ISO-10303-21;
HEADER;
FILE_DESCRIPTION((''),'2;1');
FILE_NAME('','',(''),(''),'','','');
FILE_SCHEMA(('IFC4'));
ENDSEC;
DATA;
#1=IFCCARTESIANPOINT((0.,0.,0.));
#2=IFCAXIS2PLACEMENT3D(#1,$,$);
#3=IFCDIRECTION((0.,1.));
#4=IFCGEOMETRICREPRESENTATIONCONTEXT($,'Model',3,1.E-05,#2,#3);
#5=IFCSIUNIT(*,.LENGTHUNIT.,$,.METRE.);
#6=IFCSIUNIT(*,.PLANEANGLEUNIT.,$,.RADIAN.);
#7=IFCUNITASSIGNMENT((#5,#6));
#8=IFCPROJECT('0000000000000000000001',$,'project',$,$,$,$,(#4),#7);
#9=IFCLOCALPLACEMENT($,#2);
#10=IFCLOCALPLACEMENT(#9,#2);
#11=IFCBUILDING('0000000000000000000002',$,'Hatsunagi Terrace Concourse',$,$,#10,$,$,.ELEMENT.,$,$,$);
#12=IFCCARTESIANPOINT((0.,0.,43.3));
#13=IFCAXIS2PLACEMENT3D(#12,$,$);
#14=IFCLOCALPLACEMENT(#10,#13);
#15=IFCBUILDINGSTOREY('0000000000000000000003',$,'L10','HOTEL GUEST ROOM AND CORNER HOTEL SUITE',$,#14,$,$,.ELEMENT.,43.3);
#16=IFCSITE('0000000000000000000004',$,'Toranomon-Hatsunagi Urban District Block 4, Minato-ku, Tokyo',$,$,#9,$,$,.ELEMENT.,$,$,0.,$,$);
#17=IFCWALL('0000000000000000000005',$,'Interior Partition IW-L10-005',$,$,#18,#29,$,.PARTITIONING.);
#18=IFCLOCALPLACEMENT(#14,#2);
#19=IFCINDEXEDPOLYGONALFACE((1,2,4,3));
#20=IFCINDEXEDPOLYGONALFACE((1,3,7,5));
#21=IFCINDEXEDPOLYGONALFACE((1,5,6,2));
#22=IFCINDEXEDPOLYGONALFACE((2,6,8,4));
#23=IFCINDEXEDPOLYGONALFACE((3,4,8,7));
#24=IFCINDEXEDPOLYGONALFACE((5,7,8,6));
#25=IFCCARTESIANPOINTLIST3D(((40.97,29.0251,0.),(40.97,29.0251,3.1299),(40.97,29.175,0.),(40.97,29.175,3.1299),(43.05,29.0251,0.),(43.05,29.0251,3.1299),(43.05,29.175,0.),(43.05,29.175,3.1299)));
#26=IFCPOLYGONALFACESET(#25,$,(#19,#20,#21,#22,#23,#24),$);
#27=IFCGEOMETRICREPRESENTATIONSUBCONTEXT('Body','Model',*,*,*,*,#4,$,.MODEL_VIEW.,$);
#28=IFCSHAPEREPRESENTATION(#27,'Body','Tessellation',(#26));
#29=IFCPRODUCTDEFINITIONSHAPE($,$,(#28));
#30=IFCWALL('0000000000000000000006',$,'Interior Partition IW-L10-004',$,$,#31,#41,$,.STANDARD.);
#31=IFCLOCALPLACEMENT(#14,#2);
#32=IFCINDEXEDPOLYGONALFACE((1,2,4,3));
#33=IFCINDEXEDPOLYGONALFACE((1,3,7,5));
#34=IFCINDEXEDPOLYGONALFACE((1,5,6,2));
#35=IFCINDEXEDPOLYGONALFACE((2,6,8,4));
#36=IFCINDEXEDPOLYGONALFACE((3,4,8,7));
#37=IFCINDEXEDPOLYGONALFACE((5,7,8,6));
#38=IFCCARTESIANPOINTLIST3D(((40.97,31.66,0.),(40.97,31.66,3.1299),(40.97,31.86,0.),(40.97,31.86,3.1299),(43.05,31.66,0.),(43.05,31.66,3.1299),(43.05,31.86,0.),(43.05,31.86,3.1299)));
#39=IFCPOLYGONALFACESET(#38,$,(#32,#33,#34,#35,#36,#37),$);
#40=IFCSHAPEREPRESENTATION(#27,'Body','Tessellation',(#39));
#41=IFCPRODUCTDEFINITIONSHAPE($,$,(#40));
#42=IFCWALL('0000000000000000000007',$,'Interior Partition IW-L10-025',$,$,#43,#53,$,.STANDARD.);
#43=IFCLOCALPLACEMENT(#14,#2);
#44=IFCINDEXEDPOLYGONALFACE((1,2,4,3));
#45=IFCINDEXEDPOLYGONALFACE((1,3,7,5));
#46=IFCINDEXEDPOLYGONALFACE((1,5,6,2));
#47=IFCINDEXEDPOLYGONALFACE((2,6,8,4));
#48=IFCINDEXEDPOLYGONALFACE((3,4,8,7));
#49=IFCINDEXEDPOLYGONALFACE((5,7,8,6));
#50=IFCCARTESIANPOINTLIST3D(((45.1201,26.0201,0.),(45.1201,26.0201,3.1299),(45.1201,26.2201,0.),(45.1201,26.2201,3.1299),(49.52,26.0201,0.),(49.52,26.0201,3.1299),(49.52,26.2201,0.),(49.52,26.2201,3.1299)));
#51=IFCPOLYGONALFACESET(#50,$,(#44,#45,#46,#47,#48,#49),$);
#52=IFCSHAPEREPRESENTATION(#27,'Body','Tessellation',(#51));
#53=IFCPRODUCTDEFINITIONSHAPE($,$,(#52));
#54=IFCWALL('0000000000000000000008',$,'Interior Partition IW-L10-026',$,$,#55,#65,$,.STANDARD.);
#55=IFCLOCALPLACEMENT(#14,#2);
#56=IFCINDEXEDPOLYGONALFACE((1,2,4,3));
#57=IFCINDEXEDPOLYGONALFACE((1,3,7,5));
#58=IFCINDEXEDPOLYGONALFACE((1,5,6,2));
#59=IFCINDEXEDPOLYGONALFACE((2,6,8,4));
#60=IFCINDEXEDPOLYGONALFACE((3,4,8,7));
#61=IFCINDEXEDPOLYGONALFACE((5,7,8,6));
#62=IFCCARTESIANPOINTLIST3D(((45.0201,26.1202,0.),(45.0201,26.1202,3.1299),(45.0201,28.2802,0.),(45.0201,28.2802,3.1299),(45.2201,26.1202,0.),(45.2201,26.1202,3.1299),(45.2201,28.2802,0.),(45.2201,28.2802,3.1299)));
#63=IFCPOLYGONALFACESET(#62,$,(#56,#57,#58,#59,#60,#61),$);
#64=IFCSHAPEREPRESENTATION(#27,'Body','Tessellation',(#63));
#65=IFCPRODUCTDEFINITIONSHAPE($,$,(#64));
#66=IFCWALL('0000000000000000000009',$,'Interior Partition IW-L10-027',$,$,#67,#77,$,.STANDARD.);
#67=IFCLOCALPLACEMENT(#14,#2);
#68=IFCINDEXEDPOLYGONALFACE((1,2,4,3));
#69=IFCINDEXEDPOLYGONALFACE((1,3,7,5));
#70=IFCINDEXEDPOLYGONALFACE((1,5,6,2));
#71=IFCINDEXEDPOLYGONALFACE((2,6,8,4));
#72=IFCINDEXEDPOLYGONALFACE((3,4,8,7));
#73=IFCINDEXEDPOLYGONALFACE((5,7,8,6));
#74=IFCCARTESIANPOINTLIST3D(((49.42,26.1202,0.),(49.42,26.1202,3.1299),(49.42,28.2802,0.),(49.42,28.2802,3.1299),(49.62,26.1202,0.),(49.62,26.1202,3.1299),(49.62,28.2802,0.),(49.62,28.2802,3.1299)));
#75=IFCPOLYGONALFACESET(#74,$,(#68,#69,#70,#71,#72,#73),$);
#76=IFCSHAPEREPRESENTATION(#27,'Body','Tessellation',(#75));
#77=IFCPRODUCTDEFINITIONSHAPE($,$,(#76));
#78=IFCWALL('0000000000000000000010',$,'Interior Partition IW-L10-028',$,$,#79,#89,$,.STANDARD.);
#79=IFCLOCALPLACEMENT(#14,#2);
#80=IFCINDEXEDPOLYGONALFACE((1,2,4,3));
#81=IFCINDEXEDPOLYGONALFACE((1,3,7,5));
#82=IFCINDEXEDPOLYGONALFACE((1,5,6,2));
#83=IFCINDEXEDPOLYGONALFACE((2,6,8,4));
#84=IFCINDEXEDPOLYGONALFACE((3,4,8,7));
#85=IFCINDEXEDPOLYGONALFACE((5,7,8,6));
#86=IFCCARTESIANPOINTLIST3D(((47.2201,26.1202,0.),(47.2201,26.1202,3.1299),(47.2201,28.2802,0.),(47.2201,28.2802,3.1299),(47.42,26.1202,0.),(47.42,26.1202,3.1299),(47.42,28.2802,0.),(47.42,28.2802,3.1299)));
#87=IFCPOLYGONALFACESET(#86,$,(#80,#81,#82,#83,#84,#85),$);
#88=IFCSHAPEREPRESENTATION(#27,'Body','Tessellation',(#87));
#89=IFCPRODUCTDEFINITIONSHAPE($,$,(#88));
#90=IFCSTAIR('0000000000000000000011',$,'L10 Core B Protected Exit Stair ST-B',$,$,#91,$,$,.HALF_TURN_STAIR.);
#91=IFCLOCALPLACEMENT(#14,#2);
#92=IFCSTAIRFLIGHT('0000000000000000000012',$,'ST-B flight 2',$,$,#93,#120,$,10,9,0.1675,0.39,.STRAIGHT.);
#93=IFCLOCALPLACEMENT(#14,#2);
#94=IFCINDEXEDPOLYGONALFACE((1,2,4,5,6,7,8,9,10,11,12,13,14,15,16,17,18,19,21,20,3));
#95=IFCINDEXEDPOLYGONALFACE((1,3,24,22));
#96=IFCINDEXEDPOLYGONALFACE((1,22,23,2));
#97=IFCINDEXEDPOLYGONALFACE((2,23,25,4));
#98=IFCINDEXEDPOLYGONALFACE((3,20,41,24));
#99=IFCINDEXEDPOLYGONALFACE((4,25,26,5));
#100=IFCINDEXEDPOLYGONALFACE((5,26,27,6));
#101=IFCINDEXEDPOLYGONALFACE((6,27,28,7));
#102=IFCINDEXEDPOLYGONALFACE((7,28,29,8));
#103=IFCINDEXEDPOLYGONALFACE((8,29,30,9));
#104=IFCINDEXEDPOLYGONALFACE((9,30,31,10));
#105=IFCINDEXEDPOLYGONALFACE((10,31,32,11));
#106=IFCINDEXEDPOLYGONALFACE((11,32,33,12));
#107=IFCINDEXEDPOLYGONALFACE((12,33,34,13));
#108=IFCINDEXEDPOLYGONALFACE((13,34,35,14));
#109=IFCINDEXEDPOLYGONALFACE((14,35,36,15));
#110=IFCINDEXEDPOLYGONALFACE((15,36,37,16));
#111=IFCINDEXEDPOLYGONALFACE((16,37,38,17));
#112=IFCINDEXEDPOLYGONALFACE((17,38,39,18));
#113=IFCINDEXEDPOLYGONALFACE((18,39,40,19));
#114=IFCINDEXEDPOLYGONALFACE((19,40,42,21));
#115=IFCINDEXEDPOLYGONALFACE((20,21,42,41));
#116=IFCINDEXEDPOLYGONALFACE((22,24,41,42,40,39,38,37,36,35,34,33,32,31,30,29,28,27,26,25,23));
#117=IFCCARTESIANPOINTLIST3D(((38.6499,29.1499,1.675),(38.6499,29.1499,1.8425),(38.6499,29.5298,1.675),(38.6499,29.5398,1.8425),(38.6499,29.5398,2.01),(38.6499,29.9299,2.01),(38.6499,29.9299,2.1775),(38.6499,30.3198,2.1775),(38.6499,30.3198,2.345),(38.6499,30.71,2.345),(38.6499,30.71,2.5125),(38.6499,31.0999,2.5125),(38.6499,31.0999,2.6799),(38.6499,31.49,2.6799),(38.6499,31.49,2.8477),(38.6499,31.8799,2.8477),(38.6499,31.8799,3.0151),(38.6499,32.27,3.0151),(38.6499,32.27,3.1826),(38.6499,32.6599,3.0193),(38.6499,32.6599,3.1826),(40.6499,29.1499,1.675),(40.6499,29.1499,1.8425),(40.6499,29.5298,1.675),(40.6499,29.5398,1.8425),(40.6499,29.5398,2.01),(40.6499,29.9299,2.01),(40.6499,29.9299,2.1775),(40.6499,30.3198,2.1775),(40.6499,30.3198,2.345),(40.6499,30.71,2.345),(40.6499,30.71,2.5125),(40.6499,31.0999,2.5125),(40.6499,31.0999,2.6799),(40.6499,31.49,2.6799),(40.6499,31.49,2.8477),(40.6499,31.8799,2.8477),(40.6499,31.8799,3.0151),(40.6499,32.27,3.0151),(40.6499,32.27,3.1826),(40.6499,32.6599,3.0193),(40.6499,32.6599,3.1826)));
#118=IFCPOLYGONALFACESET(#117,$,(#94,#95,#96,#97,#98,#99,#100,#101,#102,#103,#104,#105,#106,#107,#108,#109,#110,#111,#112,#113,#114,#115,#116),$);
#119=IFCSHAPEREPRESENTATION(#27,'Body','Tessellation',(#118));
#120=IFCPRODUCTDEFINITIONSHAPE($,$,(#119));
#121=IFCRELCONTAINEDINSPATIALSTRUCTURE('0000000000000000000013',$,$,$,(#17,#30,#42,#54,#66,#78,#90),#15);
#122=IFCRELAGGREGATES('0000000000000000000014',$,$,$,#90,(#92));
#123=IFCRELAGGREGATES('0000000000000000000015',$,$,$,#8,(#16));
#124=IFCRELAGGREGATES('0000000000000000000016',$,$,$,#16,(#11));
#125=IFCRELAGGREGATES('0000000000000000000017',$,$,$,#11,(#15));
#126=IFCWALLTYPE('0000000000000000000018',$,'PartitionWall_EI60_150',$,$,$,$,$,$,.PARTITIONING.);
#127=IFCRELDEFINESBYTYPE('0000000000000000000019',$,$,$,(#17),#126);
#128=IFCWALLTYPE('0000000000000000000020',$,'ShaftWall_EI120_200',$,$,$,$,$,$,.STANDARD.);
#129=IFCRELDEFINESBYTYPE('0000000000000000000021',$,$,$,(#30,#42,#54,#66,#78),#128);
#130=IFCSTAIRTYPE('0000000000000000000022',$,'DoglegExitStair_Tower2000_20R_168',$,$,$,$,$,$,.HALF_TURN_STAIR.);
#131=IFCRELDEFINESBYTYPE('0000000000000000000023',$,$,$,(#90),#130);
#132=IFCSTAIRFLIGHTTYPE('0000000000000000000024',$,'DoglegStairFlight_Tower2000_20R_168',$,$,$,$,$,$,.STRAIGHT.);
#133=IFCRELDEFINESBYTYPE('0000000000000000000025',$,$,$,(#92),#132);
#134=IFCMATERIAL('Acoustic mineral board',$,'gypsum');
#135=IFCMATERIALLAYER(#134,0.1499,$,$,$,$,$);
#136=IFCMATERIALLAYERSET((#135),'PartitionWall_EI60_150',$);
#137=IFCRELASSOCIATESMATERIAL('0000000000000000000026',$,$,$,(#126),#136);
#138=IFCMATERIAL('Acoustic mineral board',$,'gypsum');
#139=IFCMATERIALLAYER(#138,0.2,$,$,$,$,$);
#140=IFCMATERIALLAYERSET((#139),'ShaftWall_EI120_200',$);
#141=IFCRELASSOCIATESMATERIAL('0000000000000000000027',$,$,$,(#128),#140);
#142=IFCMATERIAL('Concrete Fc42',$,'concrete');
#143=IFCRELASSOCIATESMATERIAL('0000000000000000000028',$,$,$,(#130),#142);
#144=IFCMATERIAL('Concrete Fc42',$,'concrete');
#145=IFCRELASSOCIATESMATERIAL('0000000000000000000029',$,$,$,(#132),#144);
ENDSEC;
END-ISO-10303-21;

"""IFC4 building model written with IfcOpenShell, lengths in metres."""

from ifc_helpers import new_model, si_unit, direction, frame, frame_2d, origin, place, context, subcontext, project, spatial, polyline, rectangle, outline, extrude, material, layer, layer_set, type_object, element, aggregate, save


model = new_model("IFC4")

# Units and contexts
model_context = context("Model", 3, precision=1e-05, world=origin(), true_north=direction((0.0, 1.0)))
body_context = subcontext(model_context, "Body", "Model", "MODEL_VIEW")
ifc_project = project(units=[si_unit("LENGTHUNIT", "METRE"), si_unit("PLANEANGLEUNIT", "RADIAN")], contexts=[model_context])

# Site, building, storey
site_placement = place(None, origin())
site = spatial("IfcSite", under=ifc_project, at=site_placement, Name="Toranomon-Hatsunagi Urban District Block 4, Minato-ku, Tokyo", CompositionType="ELEMENT", RefElevation=0.0)
building_placement = place(site_placement, origin())
building = spatial("IfcBuilding", under=site, at=building_placement, Name="Hatsunagi Terrace Concourse", CompositionType="ELEMENT")
storey_placement = place(building_placement, frame((0.0, 0.0, 43.3)))
storey = spatial("IfcBuildingStorey", under=building, at=storey_placement, Name="L10", Description="HOTEL GUEST ROOM AND CORNER HOTEL SUITE", CompositionType="ELEMENT", Elevation=43.3)

# Walls
ifc_material_1 = material(Name="Acoustic mineral board", Category="gypsum")
ifc_layer_1 = layer(ifc_material_1, 0.1499)
ifc_layer_set_1 = layer_set([ifc_layer_1], Name="PartitionWall_EI60_150")
wall_type_1 = type_object("IfcWallType", Name="PartitionWall_EI60_150", PredefinedType="PARTITIONING", material=ifc_layer_set_1)
wall_1_placement = place(storey_placement, frame((40.97, 29.1001, 0.0), z_axis=(0.0, 0.0, 1.0), x_axis=(1.0, 0.0, 0.0)))
element("IfcWall", 1, at=wall_1_placement, inside=storey, type_object=wall_type_1, Name="Interior Partition IW-L10-005", PredefinedType="PARTITIONING", context=body_context, shape_type="SweptSolid", body=[
    extrude(rectangle(XDim=2.0801, YDim=0.1499, at=frame_2d((1.04, 0.0))), origin(), (0.0, 0.0, 1.0), 3.1299),
])
ifc_material_2 = material(Name="Acoustic mineral board", Category="gypsum")
ifc_layer_2 = layer(ifc_material_2, 0.2)
ifc_layer_set_2 = layer_set([ifc_layer_2], Name="ShaftWall_EI120_200")
wall_type_2 = type_object("IfcWallType", Name="ShaftWall_EI120_200", PredefinedType="STANDARD", material=ifc_layer_set_2)
wall_2_placement = place(storey_placement, frame((40.97, 31.76, 0.0), z_axis=(0.0, 0.0, 1.0), x_axis=(1.0, 0.0, 0.0)))
element("IfcWall", 2, at=wall_2_placement, inside=storey, type_object=wall_type_2, Name="Interior Partition IW-L10-004", PredefinedType="STANDARD", context=body_context, shape_type="SweptSolid", body=[
    extrude(rectangle(XDim=2.0801, YDim=0.2, at=frame_2d((1.04, 0.0))), origin(), (0.0, 0.0, 1.0), 3.1299),
])
wall_3_placement = place(storey_placement, frame((45.1201, 26.1201, 0.0), z_axis=(0.0, 0.0, 1.0), x_axis=(1.0, 0.0, 0.0)))
element("IfcWall", 3, at=wall_3_placement, inside=storey, type_object=wall_type_2, Name="Interior Partition IW-L10-025", PredefinedType="STANDARD", context=body_context, shape_type="SweptSolid", body=[
    extrude(rectangle(XDim=4.3999, YDim=0.2, at=frame_2d((2.2, 0.0))), origin(), (0.0, 0.0, 1.0), 3.1299),
])
for number, where, z_axis, x_axis, name in (
    (4, (45.1201, 26.1201, 0.0), (0.0, 0.0, 1.0), (0.0, 1.0, 0.0), "Interior Partition IW-L10-026"),
    (5, (49.52, 26.1201, 0.0), (0.0, 0.0, 1.0), (0.0, 1.0, 0.0), "Interior Partition IW-L10-027"),
    (6, (47.3201, 26.1201, 0.0), (0.0, 0.0, 1.0), (0.0, 1.0, 0.0), "Interior Partition IW-L10-028"),
):
    element("IfcWall", number, at=place(storey_placement, frame(where, z_axis=z_axis, x_axis=x_axis)), inside=storey, type_object=wall_type_2, Name=name, PredefinedType="STANDARD", context=body_context, shape_type="SweptSolid", body=[
        extrude(rectangle(XDim=2.1599, YDim=0.2, at=frame_2d((1.0801, 0.0))), origin(), (0.0, 0.0, 1.0), 3.1299),
    ])

# Stair, stair flight
ifc_material_3 = material(Name="Concrete Fc42", Category="concrete")
stair_type = type_object("IfcStairType", Name="DoglegExitStair_Tower2000_20R_168", PredefinedType="HALF_TURN_STAIR", material=ifc_material_3)
stair_placement = place(storey_placement, origin())
stair = element("IfcStair", 7, at=stair_placement, inside=storey, type_object=stair_type, Name="L10 Core B Protected Exit Stair ST-B", PredefinedType="HALF_TURN_STAIR")
ifc_material_4 = material(Name="Concrete Fc42", Category="concrete")
stair_flight_type = type_object("IfcStairFlightType", Name="DoglegStairFlight_Tower2000_20R_168", PredefinedType="STRAIGHT", material=ifc_material_4)
stair_flight_placement = place(storey_placement, frame((39.6499, 29.1499, 1.675), z_axis=(0.0, 0.0, 1.0), x_axis=(0.0, 1.0, 0.0)))
stair_flight = element("IfcStairFlight", 8, at=stair_flight_placement, type_object=stair_flight_type, Name="ST-B flight 2", NumberOfRisers=10, NumberOfTreads=9, PredefinedType="STRAIGHT", RiserHeight=0.1675, TreadLength=0.39, context=body_context, shape_type="SweptSolid", body=[
    extrude(outline(polyline([(0.0, 0.0), (0.0, 0.1675), (0.3899, 0.1675), (0.3899, 0.335), (0.78, 0.335), (0.78, 0.5024), (1.1699, 0.5024), (1.1699, 0.6699), (1.5601, 0.6699), (1.5601, 0.8374), (1.95, 0.8374), (1.95, 1.0049), (2.3401, 1.0049), (2.3401, 1.1726), (2.73, 1.1726), (2.73, 1.3401), (3.1201, 1.3401), (3.1201, 1.5076), (3.51, 1.5076), (3.51, 1.675), (3.51, 1.3442), (0.3799, 0.0), (0.0, 0.0)])), frame((0.0, 1.0, 0.0), z_axis=(0.0, -1.0, 0.0), x_axis=(1.0, 0.0, 0.0)), (0.0, 0.0, 1.0), 2.0),
])
aggregate(stair, [stair_flight])

save(model, "model.ifc")
